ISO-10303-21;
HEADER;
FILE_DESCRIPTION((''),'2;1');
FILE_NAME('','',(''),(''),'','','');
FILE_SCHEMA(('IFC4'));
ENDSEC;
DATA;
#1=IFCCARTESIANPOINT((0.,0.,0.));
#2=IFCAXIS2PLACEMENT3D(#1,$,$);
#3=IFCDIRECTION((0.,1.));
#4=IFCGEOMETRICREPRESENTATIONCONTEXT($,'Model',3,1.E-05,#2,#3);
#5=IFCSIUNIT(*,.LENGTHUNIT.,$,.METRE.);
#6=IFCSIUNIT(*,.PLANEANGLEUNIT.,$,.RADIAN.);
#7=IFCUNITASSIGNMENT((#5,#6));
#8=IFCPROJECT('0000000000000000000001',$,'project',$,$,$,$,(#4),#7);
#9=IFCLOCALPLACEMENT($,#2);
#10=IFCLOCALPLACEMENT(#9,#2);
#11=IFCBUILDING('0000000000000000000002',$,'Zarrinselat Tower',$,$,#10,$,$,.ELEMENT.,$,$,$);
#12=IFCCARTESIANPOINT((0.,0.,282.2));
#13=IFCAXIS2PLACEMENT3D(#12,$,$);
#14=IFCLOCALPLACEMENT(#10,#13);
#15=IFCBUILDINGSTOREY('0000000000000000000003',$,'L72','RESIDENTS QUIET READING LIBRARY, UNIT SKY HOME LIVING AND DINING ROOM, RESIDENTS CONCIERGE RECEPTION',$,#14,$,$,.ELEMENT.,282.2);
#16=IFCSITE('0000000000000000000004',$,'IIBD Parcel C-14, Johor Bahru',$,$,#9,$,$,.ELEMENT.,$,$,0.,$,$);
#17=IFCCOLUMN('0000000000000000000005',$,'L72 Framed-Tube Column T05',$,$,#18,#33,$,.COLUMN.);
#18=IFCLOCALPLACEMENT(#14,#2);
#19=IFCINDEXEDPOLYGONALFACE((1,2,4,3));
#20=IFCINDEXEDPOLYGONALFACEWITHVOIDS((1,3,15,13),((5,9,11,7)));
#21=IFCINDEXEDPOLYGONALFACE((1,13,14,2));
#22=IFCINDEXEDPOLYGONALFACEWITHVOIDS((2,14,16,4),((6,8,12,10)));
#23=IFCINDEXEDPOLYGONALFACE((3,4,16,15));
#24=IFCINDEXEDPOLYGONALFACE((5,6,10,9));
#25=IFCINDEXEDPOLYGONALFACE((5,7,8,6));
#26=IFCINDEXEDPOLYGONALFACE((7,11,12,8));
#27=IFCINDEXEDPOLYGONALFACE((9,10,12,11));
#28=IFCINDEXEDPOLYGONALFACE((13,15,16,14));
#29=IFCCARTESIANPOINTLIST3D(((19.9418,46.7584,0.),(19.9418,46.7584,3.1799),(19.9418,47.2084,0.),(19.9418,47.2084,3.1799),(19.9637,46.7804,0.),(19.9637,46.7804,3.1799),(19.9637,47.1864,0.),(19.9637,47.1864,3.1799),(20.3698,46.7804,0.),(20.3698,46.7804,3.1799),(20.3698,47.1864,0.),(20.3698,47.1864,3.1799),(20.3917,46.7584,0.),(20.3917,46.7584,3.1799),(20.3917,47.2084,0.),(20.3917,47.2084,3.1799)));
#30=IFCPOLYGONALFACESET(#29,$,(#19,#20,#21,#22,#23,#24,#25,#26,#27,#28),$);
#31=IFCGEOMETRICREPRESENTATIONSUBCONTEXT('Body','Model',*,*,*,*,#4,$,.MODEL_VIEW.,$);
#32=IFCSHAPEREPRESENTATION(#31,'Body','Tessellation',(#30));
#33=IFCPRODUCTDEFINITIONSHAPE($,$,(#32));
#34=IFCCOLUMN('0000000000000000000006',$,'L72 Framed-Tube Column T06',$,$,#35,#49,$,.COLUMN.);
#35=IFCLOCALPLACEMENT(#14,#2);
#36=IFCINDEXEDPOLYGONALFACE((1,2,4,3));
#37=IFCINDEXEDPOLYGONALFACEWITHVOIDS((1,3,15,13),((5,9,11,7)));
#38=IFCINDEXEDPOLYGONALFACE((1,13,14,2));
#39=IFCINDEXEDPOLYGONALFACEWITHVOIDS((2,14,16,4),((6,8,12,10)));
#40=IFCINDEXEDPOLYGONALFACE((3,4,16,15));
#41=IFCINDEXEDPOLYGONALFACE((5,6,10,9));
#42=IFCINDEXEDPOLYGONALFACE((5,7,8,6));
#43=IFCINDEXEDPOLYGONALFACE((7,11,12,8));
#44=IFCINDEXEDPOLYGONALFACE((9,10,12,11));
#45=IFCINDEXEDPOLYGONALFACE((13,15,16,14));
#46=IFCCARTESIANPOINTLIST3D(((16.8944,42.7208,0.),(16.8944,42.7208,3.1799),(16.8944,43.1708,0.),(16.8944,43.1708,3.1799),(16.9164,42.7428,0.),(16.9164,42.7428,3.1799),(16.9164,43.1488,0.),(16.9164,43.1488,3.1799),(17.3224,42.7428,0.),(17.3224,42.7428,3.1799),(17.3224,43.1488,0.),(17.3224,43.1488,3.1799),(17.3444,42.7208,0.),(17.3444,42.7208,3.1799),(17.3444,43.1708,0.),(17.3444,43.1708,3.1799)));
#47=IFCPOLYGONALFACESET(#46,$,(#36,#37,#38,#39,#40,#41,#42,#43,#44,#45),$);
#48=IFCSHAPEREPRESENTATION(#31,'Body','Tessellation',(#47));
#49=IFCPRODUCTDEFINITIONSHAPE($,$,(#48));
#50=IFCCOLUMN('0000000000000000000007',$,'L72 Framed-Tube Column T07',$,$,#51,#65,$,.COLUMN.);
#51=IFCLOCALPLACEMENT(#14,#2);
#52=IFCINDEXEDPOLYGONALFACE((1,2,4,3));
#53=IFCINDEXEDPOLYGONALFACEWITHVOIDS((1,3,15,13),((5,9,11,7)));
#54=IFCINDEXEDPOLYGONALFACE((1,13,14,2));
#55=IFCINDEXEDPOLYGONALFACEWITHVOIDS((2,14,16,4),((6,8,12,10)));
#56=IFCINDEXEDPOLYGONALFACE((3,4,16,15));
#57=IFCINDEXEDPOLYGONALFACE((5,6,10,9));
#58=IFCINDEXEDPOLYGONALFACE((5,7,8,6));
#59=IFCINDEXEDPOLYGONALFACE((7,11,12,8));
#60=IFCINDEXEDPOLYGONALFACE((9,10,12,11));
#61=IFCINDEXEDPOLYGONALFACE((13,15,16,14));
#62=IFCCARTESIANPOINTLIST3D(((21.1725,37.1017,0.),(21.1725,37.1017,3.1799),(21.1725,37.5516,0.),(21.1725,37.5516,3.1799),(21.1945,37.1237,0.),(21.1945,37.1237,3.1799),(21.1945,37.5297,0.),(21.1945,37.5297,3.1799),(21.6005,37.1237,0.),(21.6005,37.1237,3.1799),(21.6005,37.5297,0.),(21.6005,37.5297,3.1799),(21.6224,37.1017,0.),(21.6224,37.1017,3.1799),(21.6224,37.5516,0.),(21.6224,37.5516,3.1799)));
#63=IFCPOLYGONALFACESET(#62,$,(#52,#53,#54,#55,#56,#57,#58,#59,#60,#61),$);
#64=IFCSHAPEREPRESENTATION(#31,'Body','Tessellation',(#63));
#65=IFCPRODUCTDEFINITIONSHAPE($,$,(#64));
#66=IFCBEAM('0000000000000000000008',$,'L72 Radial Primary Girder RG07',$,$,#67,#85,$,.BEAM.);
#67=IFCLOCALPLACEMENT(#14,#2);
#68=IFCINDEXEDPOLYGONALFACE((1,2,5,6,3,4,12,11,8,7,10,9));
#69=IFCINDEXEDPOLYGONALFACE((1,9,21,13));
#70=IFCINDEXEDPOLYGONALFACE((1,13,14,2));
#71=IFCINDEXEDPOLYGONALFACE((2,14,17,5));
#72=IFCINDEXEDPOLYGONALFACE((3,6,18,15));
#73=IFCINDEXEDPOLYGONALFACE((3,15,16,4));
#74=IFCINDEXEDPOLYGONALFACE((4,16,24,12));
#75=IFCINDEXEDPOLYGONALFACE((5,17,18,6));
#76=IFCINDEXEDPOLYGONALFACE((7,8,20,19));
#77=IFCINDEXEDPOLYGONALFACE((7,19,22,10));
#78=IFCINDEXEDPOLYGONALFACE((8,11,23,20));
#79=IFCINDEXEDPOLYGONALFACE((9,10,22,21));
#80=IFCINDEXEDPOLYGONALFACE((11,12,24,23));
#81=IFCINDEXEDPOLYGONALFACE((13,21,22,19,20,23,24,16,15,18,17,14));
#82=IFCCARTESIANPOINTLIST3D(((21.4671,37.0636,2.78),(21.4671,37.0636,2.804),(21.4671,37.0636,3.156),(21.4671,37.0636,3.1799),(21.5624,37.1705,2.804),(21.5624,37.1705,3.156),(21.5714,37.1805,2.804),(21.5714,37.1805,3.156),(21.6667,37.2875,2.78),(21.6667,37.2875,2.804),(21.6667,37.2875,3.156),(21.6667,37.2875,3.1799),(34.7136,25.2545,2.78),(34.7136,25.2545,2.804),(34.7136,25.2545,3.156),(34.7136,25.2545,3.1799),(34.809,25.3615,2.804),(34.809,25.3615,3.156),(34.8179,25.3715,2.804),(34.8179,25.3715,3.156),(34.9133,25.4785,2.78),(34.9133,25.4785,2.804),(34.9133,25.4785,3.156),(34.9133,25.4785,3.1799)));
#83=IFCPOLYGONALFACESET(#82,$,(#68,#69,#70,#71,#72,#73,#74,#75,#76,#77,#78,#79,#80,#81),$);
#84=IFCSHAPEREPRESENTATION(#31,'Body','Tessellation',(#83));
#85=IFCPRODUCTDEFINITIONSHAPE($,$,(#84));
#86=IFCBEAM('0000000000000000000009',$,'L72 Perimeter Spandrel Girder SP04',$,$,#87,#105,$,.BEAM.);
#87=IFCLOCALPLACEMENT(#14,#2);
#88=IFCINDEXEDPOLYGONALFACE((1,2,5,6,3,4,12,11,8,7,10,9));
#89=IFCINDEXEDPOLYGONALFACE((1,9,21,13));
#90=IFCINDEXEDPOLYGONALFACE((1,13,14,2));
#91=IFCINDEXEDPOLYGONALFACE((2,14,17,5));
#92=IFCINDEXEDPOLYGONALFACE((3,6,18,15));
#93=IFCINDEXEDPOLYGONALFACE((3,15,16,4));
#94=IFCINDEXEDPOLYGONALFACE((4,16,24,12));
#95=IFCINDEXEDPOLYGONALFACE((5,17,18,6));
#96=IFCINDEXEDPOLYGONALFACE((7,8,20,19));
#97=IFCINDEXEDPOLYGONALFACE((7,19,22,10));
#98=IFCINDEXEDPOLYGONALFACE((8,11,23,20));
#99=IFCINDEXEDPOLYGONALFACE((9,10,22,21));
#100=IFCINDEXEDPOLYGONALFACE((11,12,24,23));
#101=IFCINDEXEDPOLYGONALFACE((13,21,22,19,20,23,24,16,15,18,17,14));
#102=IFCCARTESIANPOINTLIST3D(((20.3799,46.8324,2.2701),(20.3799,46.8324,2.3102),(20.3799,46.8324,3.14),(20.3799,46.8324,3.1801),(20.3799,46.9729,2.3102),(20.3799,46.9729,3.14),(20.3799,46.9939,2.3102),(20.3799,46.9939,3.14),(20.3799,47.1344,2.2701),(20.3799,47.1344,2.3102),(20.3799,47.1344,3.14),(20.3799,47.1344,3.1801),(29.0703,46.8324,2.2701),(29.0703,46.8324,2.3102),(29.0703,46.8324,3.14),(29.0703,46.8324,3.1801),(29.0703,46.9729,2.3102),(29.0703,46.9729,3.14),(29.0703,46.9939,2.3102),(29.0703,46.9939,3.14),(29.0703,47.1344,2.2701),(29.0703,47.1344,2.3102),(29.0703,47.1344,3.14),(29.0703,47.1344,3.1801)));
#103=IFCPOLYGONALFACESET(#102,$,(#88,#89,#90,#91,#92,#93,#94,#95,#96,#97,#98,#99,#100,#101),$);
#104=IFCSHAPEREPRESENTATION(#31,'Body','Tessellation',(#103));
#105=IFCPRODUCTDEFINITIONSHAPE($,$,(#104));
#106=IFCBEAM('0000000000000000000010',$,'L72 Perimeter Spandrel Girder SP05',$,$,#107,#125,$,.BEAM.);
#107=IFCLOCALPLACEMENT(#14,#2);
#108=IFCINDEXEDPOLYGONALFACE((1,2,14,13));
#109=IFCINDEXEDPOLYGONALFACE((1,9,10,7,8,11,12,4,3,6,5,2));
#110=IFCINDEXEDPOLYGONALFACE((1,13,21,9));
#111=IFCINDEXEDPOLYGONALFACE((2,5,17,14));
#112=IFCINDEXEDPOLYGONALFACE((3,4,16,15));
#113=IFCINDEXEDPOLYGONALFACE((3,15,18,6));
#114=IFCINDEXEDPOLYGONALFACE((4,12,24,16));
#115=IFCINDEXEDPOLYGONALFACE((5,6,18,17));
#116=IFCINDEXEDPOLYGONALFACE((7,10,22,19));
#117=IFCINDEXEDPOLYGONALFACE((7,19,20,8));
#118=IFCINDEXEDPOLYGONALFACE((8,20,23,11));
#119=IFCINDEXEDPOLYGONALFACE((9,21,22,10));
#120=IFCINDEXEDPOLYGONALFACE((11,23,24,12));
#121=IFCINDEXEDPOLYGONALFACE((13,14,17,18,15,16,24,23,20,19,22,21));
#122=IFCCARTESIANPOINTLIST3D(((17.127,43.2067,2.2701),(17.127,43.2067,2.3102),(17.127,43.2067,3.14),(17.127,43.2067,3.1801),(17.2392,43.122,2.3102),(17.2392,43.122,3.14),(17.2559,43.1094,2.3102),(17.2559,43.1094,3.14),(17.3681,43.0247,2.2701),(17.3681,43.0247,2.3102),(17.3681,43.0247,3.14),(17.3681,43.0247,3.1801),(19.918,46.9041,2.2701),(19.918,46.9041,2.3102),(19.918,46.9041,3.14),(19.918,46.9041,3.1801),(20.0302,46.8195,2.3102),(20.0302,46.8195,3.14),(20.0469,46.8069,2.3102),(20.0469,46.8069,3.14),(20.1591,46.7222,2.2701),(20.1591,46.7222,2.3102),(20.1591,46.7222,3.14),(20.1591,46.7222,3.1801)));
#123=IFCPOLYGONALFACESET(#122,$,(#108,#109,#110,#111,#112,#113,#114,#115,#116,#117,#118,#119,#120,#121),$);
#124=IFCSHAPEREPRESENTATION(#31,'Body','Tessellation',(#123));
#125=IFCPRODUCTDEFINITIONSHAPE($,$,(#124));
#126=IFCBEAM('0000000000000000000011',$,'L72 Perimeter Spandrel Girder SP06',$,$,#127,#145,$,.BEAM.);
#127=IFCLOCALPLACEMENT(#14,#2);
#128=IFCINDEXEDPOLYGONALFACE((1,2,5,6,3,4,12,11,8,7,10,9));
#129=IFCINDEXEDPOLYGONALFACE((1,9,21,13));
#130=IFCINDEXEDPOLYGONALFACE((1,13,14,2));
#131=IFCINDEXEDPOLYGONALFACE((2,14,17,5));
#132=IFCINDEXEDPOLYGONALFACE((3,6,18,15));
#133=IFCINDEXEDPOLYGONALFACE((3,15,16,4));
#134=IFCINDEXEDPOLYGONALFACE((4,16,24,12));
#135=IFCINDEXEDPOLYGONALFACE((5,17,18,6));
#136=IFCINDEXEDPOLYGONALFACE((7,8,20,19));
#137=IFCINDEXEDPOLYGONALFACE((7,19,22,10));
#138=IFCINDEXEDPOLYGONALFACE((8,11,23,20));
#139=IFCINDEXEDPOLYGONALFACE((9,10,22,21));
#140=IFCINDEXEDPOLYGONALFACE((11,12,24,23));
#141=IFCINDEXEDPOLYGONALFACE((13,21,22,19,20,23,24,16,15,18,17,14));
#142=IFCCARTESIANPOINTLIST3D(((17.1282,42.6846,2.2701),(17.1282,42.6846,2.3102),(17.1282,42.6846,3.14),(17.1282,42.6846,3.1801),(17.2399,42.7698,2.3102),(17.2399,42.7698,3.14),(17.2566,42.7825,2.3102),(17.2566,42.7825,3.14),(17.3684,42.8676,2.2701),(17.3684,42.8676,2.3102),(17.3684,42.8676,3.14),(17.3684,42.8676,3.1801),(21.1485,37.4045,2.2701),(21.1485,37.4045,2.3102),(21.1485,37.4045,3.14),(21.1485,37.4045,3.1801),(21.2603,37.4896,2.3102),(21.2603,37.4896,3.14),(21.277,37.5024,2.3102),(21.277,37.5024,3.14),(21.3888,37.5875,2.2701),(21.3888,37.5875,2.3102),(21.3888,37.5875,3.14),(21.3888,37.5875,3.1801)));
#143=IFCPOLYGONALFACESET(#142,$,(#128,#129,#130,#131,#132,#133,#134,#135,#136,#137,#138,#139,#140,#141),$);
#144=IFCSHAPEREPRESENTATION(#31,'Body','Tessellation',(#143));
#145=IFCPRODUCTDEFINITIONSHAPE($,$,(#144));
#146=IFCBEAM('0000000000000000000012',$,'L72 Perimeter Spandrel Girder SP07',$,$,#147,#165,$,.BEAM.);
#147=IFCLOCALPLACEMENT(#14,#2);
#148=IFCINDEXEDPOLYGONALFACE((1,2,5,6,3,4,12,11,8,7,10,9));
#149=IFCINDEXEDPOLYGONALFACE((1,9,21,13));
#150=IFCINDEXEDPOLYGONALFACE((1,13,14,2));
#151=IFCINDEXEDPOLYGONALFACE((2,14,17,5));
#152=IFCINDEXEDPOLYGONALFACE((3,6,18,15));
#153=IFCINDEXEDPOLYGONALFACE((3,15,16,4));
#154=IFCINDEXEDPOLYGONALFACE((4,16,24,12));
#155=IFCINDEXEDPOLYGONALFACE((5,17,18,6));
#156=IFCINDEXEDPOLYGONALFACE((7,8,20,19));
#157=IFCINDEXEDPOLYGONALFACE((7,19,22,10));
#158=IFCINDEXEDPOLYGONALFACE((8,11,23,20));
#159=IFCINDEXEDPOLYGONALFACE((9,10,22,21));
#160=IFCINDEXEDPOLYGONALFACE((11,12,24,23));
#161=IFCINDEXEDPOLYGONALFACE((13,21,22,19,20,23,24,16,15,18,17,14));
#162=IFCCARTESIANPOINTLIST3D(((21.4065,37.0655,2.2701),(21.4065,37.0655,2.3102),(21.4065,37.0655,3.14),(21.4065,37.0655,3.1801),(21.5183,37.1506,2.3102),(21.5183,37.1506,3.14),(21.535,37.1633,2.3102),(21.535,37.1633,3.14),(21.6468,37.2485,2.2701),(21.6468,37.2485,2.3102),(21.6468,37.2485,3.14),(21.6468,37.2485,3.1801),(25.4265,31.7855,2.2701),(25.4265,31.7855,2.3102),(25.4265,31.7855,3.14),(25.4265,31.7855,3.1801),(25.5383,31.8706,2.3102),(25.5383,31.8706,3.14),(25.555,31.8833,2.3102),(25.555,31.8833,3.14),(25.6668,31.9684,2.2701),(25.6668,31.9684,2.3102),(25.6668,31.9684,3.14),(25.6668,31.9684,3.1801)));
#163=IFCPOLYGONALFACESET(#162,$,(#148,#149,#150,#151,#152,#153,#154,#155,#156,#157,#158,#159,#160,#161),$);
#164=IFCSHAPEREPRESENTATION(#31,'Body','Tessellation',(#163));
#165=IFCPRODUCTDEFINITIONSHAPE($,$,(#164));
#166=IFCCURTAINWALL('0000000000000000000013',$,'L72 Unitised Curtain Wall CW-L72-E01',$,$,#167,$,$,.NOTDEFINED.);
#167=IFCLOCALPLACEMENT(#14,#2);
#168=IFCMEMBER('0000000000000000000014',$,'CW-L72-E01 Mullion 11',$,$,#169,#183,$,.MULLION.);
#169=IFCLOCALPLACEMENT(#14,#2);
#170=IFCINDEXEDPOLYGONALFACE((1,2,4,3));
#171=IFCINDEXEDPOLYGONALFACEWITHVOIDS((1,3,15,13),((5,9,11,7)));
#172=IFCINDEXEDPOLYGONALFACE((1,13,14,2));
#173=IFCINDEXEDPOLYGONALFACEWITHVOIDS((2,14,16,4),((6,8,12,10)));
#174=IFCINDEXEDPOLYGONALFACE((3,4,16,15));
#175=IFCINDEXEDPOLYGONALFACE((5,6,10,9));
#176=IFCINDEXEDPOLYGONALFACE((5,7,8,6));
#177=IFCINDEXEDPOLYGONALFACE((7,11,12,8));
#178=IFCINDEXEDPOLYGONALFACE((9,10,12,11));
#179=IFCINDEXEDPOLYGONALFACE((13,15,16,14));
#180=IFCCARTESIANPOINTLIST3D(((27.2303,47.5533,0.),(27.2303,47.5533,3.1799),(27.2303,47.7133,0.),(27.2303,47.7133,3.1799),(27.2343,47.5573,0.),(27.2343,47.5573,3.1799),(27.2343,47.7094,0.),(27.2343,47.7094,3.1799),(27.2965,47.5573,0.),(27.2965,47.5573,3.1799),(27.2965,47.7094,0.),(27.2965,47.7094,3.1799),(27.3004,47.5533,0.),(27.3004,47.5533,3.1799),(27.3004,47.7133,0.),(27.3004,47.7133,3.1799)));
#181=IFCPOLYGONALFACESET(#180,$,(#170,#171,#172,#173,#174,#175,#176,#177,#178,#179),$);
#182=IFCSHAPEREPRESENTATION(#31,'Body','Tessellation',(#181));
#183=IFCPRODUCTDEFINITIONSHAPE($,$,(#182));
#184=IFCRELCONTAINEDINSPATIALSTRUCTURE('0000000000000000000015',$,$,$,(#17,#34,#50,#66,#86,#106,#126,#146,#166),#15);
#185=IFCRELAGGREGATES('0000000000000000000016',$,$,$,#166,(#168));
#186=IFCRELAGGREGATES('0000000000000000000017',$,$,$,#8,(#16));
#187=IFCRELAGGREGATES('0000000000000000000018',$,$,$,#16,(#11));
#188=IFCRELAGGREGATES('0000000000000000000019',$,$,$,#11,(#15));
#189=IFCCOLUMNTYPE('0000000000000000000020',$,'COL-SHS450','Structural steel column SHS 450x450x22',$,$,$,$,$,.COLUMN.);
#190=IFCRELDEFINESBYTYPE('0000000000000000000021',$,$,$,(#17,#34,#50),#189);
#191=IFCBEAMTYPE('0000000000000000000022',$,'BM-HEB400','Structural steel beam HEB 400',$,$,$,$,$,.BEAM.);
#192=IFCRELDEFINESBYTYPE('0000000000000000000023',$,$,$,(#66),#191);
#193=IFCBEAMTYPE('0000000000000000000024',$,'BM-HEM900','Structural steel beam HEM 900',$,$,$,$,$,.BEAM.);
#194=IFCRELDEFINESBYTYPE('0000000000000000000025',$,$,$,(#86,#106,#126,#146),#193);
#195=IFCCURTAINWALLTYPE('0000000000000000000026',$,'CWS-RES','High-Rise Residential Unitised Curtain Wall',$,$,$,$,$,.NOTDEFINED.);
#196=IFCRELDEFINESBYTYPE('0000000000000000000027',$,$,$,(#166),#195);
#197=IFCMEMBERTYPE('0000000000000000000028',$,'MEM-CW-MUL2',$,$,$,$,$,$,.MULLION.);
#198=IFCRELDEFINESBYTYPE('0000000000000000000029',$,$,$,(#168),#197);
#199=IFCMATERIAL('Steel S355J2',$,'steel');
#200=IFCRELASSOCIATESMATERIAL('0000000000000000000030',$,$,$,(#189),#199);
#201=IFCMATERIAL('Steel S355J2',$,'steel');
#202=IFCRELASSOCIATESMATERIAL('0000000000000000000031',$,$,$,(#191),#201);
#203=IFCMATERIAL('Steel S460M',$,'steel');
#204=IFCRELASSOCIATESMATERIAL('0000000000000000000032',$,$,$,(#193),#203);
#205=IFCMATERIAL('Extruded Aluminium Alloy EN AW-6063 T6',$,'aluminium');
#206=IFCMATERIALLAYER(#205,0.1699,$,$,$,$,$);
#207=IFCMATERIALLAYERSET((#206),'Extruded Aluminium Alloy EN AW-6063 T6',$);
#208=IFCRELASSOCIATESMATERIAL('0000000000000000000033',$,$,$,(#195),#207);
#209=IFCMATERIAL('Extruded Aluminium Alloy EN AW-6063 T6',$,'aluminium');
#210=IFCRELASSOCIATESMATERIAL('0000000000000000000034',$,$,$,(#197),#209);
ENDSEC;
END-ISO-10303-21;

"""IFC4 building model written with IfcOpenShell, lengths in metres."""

from ifc_helpers import new_model, si_unit, direction, frame, origin, origin_2d, place, context, subcontext, project, spatial, hollow_rectangle, i_section, extrude, material, layer, layer_set, material_profile, profile_set, type_object, element, aggregate, save


model = new_model("IFC4")

# Units and contexts
model_context = context("Model", 3, precision=1e-05, world=origin(), true_north=direction((0.0, 1.0)))
body_context = subcontext(model_context, "Body", "Model", "MODEL_VIEW")
ifc_project = project(units=[si_unit("LENGTHUNIT", "METRE"), si_unit("PLANEANGLEUNIT", "RADIAN")], contexts=[model_context])

# Site, building, storey
site_placement = place(None, origin())
site = spatial("IfcSite", under=ifc_project, at=site_placement, Name="IIBD Parcel C-14, Johor Bahru", CompositionType="ELEMENT", RefElevation=0.0)
building_placement = place(site_placement, origin())
building = spatial("IfcBuilding", under=site, at=building_placement, Name="Zarrinselat Tower", CompositionType="ELEMENT")
storey_placement = place(building_placement, frame((0.0, 0.0, 282.2)))
storey = spatial("IfcBuildingStorey", under=building, at=storey_placement, Name="L72", Description="RESIDENTS QUIET READING LIBRARY, UNIT SKY HOME LIVING AND DINING ROOM, RESIDENTS CONCIERGE RECEPTION", CompositionType="ELEMENT", Elevation=282.2)

# Columns
ifc_material_1 = material(Name="Steel S355J2", Category="steel")
ifc_material_profile_1 = material_profile(ifc_material_1, hollow_rectangle(XDim=0.45, YDim=0.45, WallThickness=0.022, at=origin_2d()), Name="SHS 450x450x22")
ifc_profile_set_1 = profile_set([ifc_material_profile_1], Name="Steel S355J2")
column_type = type_object("IfcColumnType", Name="COL-SHS450", Description="Structural steel column SHS 450x450x22", PredefinedType="COLUMN", material=ifc_profile_set_1)
for number, where, z_axis, x_axis, name in (
    (1, (20.1667, 46.9834, 0.0), (0.0, 0.0, 1.0), (1.0, 0.0, 0.0), "L72 Framed-Tube Column T05"),
    (2, (17.1194, 42.9458, 0.0), (0.0, 0.0, 1.0), (1.0, 0.0, 0.0), "L72 Framed-Tube Column T06"),
    (3, (21.3975, 37.3267, 0.0), (0.0, 0.0, 1.0), (1.0, 0.0, 0.0), "L72 Framed-Tube Column T07"),
):
    element("IfcColumn", number, at=place(storey_placement, frame(where, z_axis=z_axis, x_axis=x_axis)), inside=storey, type_object=column_type, Name=name, PredefinedType="COLUMN", context=body_context, shape_type="SweptSolid", body=[
        extrude(hollow_rectangle(XDim=0.45, YDim=0.45, WallThickness=0.022, at=origin_2d()), origin(), (0.0, 0.0, 1.0), 3.1799),
    ])

# Beams
ifc_material_2 = material(Name="Steel S355J2", Category="steel")
ifc_material_profile_2 = material_profile(ifc_material_2, i_section(OverallWidth=0.3, OverallDepth=0.3999, WebThickness=0.0134, FlangeThickness=0.0239, at=origin_2d()), Name="HEB 400")
ifc_profile_set_2 = profile_set([ifc_material_profile_2], Name="Steel S355J2")
beam_type_1 = type_object("IfcBeamType", Name="BM-HEB400", Description="Structural steel beam HEB 400", PredefinedType="BEAM", material=ifc_profile_set_2)
beam_1_placement = place(storey_placement, frame((21.5669, 37.1755, 2.98), z_axis=(0.746448, -0.665444, 0.0), x_axis=(0.665444, 0.746448, 0.0)))
element("IfcBeam", 4, at=beam_1_placement, inside=storey, type_object=beam_type_1, Name="L72 Radial Primary Girder RG07", PredefinedType="BEAM", context=body_context, shape_type="SweptSolid", body=[
    extrude(i_section(OverallWidth=0.3, OverallDepth=0.3999, WebThickness=0.0134, FlangeThickness=0.0239, at=origin_2d()), origin(), (0.0, 0.0, 1.0), 17.7461),
])
ifc_material_3 = material(Name="Steel S460M", Category="steel")
ifc_material_profile_3 = material_profile(ifc_material_3, i_section(OverallWidth=0.302, OverallDepth=0.9099, WebThickness=0.021, FlangeThickness=0.04, at=origin_2d()), Name="HEM 900")
ifc_profile_set_3 = profile_set([ifc_material_profile_3], Name="Steel S460M")
beam_type_2 = type_object("IfcBeamType", Name="BM-HEM900", Description="Structural steel beam HEM 900", PredefinedType="BEAM", material=ifc_profile_set_3)
beam_2_placement = place(storey_placement, frame((20.3799, 46.9834, 2.7251), z_axis=(1.0, 0.0, 0.0), x_axis=(0.0, 1.0, 0.0)))
element("IfcBeam", 5, at=beam_2_placement, inside=storey, type_object=beam_type_2, Name="L72 Perimeter Spandrel Girder SP04", PredefinedType="BEAM", context=body_context, shape_type="SweptSolid", body=[
    extrude(i_section(OverallWidth=0.302, OverallDepth=0.9099, WebThickness=0.021, FlangeThickness=0.04, at=origin_2d()), origin(), (0.0, 0.0, 1.0), 8.6904),
])
beam_3_placement = place(storey_placement, frame((17.2476, 43.1157, 2.7251), z_axis=(0.602468, 0.798143, 0.0), x_axis=(-0.798143, 0.602468, 0.0)))
element("IfcBeam", 6, at=beam_3_placement, inside=storey, type_object=beam_type_2, Name="L72 Perimeter Spandrel Girder SP05", PredefinedType="BEAM", context=body_context, shape_type="SweptSolid", body=[
    extrude(i_section(OverallWidth=0.302, OverallDepth=0.9099, WebThickness=0.021, FlangeThickness=0.04, at=origin_2d()), origin(), (0.0, 0.0, 1.0), 4.6326),
])
beam_4_placement = place(storey_placement, frame((17.2483, 42.7761, 2.7251), z_axis=(0.605794, -0.795622, 0.0), x_axis=(0.795622, 0.605794, 0.0)))
element("IfcBeam", 7, at=beam_4_placement, inside=storey, type_object=beam_type_2, Name="L72 Perimeter Spandrel Girder SP06", PredefinedType="BEAM", context=body_context, shape_type="SweptSolid", body=[
    extrude(i_section(OverallWidth=0.302, OverallDepth=0.9099, WebThickness=0.021, FlangeThickness=0.04, at=origin_2d()), origin(), (0.0, 0.0, 1.0), 6.6365),
])
beam_5_placement = place(storey_placement, frame((21.5266, 37.157, 2.7251), z_axis=(0.605771, -0.795639, 0.0), x_axis=(0.795639, 0.605771, 0.0)))
element("IfcBeam", 8, at=beam_5_placement, inside=storey, type_object=beam_type_2, Name="L72 Perimeter Spandrel Girder SP07", PredefinedType="BEAM", context=body_context, shape_type="SweptSolid", body=[
    extrude(i_section(OverallWidth=0.302, OverallDepth=0.9099, WebThickness=0.021, FlangeThickness=0.04, at=origin_2d()), origin(), (0.0, 0.0, 1.0), 6.6362),
])

# Curtain wall, member
ifc_material_4 = material(Name="Extruded Aluminium Alloy EN AW-6063 T6", Category="aluminium")
ifc_layer_1 = layer(ifc_material_4, 0.1699)
ifc_layer_set_1 = layer_set([ifc_layer_1], Name="Extruded Aluminium Alloy EN AW-6063 T6")
curtain_wall_type = type_object("IfcCurtainWallType", Name="CWS-RES", Description="High-Rise Residential Unitised Curtain Wall", PredefinedType="NOTDEFINED", material=ifc_layer_set_1)
curtain_wall_1_placement = place(storey_placement, origin())
curtain_wall_1 = element("IfcCurtainWall", 9, at=curtain_wall_1_placement, inside=storey, type_object=curtain_wall_type, Name="L72 Unitised Curtain Wall CW-L72-E01", PredefinedType="NOTDEFINED")
ifc_material_5 = material(Name="Extruded Aluminium Alloy EN AW-6063 T6", Category="aluminium")
ifc_material_profile_4 = material_profile(ifc_material_5, hollow_rectangle(XDim=0.0701, YDim=0.1599, WallThickness=0.0039, at=origin_2d()), Name="RHS 160x70x4")
ifc_profile_set_4 = profile_set([ifc_material_profile_4], Name="Extruded Aluminium Alloy EN AW-6063 T6")
member_type_1 = type_object("IfcMemberType", Name="MEM-CW-MUL2", PredefinedType="MULLION", material=ifc_profile_set_4)
member_1_placement = place(storey_placement, frame((27.2654, 47.6333, 0.0), z_axis=(0.0, 0.0, 1.0), x_axis=(-1.0, 0.0, 0.0)))
member_1 = element("IfcMember", 10, at=member_1_placement, type_object=member_type_1, Name="CW-L72-E01 Mullion 11", PredefinedType="MULLION", context=body_context, shape_type="SweptSolid", body=[
    extrude(hollow_rectangle(XDim=0.0701, YDim=0.1599, WallThickness=0.0039, at=origin_2d()), origin(), (0.0, 0.0, 1.0), 3.1799),
])

aggregate(curtain_wall_1, [member_1])

save(model, "model.ifc")
